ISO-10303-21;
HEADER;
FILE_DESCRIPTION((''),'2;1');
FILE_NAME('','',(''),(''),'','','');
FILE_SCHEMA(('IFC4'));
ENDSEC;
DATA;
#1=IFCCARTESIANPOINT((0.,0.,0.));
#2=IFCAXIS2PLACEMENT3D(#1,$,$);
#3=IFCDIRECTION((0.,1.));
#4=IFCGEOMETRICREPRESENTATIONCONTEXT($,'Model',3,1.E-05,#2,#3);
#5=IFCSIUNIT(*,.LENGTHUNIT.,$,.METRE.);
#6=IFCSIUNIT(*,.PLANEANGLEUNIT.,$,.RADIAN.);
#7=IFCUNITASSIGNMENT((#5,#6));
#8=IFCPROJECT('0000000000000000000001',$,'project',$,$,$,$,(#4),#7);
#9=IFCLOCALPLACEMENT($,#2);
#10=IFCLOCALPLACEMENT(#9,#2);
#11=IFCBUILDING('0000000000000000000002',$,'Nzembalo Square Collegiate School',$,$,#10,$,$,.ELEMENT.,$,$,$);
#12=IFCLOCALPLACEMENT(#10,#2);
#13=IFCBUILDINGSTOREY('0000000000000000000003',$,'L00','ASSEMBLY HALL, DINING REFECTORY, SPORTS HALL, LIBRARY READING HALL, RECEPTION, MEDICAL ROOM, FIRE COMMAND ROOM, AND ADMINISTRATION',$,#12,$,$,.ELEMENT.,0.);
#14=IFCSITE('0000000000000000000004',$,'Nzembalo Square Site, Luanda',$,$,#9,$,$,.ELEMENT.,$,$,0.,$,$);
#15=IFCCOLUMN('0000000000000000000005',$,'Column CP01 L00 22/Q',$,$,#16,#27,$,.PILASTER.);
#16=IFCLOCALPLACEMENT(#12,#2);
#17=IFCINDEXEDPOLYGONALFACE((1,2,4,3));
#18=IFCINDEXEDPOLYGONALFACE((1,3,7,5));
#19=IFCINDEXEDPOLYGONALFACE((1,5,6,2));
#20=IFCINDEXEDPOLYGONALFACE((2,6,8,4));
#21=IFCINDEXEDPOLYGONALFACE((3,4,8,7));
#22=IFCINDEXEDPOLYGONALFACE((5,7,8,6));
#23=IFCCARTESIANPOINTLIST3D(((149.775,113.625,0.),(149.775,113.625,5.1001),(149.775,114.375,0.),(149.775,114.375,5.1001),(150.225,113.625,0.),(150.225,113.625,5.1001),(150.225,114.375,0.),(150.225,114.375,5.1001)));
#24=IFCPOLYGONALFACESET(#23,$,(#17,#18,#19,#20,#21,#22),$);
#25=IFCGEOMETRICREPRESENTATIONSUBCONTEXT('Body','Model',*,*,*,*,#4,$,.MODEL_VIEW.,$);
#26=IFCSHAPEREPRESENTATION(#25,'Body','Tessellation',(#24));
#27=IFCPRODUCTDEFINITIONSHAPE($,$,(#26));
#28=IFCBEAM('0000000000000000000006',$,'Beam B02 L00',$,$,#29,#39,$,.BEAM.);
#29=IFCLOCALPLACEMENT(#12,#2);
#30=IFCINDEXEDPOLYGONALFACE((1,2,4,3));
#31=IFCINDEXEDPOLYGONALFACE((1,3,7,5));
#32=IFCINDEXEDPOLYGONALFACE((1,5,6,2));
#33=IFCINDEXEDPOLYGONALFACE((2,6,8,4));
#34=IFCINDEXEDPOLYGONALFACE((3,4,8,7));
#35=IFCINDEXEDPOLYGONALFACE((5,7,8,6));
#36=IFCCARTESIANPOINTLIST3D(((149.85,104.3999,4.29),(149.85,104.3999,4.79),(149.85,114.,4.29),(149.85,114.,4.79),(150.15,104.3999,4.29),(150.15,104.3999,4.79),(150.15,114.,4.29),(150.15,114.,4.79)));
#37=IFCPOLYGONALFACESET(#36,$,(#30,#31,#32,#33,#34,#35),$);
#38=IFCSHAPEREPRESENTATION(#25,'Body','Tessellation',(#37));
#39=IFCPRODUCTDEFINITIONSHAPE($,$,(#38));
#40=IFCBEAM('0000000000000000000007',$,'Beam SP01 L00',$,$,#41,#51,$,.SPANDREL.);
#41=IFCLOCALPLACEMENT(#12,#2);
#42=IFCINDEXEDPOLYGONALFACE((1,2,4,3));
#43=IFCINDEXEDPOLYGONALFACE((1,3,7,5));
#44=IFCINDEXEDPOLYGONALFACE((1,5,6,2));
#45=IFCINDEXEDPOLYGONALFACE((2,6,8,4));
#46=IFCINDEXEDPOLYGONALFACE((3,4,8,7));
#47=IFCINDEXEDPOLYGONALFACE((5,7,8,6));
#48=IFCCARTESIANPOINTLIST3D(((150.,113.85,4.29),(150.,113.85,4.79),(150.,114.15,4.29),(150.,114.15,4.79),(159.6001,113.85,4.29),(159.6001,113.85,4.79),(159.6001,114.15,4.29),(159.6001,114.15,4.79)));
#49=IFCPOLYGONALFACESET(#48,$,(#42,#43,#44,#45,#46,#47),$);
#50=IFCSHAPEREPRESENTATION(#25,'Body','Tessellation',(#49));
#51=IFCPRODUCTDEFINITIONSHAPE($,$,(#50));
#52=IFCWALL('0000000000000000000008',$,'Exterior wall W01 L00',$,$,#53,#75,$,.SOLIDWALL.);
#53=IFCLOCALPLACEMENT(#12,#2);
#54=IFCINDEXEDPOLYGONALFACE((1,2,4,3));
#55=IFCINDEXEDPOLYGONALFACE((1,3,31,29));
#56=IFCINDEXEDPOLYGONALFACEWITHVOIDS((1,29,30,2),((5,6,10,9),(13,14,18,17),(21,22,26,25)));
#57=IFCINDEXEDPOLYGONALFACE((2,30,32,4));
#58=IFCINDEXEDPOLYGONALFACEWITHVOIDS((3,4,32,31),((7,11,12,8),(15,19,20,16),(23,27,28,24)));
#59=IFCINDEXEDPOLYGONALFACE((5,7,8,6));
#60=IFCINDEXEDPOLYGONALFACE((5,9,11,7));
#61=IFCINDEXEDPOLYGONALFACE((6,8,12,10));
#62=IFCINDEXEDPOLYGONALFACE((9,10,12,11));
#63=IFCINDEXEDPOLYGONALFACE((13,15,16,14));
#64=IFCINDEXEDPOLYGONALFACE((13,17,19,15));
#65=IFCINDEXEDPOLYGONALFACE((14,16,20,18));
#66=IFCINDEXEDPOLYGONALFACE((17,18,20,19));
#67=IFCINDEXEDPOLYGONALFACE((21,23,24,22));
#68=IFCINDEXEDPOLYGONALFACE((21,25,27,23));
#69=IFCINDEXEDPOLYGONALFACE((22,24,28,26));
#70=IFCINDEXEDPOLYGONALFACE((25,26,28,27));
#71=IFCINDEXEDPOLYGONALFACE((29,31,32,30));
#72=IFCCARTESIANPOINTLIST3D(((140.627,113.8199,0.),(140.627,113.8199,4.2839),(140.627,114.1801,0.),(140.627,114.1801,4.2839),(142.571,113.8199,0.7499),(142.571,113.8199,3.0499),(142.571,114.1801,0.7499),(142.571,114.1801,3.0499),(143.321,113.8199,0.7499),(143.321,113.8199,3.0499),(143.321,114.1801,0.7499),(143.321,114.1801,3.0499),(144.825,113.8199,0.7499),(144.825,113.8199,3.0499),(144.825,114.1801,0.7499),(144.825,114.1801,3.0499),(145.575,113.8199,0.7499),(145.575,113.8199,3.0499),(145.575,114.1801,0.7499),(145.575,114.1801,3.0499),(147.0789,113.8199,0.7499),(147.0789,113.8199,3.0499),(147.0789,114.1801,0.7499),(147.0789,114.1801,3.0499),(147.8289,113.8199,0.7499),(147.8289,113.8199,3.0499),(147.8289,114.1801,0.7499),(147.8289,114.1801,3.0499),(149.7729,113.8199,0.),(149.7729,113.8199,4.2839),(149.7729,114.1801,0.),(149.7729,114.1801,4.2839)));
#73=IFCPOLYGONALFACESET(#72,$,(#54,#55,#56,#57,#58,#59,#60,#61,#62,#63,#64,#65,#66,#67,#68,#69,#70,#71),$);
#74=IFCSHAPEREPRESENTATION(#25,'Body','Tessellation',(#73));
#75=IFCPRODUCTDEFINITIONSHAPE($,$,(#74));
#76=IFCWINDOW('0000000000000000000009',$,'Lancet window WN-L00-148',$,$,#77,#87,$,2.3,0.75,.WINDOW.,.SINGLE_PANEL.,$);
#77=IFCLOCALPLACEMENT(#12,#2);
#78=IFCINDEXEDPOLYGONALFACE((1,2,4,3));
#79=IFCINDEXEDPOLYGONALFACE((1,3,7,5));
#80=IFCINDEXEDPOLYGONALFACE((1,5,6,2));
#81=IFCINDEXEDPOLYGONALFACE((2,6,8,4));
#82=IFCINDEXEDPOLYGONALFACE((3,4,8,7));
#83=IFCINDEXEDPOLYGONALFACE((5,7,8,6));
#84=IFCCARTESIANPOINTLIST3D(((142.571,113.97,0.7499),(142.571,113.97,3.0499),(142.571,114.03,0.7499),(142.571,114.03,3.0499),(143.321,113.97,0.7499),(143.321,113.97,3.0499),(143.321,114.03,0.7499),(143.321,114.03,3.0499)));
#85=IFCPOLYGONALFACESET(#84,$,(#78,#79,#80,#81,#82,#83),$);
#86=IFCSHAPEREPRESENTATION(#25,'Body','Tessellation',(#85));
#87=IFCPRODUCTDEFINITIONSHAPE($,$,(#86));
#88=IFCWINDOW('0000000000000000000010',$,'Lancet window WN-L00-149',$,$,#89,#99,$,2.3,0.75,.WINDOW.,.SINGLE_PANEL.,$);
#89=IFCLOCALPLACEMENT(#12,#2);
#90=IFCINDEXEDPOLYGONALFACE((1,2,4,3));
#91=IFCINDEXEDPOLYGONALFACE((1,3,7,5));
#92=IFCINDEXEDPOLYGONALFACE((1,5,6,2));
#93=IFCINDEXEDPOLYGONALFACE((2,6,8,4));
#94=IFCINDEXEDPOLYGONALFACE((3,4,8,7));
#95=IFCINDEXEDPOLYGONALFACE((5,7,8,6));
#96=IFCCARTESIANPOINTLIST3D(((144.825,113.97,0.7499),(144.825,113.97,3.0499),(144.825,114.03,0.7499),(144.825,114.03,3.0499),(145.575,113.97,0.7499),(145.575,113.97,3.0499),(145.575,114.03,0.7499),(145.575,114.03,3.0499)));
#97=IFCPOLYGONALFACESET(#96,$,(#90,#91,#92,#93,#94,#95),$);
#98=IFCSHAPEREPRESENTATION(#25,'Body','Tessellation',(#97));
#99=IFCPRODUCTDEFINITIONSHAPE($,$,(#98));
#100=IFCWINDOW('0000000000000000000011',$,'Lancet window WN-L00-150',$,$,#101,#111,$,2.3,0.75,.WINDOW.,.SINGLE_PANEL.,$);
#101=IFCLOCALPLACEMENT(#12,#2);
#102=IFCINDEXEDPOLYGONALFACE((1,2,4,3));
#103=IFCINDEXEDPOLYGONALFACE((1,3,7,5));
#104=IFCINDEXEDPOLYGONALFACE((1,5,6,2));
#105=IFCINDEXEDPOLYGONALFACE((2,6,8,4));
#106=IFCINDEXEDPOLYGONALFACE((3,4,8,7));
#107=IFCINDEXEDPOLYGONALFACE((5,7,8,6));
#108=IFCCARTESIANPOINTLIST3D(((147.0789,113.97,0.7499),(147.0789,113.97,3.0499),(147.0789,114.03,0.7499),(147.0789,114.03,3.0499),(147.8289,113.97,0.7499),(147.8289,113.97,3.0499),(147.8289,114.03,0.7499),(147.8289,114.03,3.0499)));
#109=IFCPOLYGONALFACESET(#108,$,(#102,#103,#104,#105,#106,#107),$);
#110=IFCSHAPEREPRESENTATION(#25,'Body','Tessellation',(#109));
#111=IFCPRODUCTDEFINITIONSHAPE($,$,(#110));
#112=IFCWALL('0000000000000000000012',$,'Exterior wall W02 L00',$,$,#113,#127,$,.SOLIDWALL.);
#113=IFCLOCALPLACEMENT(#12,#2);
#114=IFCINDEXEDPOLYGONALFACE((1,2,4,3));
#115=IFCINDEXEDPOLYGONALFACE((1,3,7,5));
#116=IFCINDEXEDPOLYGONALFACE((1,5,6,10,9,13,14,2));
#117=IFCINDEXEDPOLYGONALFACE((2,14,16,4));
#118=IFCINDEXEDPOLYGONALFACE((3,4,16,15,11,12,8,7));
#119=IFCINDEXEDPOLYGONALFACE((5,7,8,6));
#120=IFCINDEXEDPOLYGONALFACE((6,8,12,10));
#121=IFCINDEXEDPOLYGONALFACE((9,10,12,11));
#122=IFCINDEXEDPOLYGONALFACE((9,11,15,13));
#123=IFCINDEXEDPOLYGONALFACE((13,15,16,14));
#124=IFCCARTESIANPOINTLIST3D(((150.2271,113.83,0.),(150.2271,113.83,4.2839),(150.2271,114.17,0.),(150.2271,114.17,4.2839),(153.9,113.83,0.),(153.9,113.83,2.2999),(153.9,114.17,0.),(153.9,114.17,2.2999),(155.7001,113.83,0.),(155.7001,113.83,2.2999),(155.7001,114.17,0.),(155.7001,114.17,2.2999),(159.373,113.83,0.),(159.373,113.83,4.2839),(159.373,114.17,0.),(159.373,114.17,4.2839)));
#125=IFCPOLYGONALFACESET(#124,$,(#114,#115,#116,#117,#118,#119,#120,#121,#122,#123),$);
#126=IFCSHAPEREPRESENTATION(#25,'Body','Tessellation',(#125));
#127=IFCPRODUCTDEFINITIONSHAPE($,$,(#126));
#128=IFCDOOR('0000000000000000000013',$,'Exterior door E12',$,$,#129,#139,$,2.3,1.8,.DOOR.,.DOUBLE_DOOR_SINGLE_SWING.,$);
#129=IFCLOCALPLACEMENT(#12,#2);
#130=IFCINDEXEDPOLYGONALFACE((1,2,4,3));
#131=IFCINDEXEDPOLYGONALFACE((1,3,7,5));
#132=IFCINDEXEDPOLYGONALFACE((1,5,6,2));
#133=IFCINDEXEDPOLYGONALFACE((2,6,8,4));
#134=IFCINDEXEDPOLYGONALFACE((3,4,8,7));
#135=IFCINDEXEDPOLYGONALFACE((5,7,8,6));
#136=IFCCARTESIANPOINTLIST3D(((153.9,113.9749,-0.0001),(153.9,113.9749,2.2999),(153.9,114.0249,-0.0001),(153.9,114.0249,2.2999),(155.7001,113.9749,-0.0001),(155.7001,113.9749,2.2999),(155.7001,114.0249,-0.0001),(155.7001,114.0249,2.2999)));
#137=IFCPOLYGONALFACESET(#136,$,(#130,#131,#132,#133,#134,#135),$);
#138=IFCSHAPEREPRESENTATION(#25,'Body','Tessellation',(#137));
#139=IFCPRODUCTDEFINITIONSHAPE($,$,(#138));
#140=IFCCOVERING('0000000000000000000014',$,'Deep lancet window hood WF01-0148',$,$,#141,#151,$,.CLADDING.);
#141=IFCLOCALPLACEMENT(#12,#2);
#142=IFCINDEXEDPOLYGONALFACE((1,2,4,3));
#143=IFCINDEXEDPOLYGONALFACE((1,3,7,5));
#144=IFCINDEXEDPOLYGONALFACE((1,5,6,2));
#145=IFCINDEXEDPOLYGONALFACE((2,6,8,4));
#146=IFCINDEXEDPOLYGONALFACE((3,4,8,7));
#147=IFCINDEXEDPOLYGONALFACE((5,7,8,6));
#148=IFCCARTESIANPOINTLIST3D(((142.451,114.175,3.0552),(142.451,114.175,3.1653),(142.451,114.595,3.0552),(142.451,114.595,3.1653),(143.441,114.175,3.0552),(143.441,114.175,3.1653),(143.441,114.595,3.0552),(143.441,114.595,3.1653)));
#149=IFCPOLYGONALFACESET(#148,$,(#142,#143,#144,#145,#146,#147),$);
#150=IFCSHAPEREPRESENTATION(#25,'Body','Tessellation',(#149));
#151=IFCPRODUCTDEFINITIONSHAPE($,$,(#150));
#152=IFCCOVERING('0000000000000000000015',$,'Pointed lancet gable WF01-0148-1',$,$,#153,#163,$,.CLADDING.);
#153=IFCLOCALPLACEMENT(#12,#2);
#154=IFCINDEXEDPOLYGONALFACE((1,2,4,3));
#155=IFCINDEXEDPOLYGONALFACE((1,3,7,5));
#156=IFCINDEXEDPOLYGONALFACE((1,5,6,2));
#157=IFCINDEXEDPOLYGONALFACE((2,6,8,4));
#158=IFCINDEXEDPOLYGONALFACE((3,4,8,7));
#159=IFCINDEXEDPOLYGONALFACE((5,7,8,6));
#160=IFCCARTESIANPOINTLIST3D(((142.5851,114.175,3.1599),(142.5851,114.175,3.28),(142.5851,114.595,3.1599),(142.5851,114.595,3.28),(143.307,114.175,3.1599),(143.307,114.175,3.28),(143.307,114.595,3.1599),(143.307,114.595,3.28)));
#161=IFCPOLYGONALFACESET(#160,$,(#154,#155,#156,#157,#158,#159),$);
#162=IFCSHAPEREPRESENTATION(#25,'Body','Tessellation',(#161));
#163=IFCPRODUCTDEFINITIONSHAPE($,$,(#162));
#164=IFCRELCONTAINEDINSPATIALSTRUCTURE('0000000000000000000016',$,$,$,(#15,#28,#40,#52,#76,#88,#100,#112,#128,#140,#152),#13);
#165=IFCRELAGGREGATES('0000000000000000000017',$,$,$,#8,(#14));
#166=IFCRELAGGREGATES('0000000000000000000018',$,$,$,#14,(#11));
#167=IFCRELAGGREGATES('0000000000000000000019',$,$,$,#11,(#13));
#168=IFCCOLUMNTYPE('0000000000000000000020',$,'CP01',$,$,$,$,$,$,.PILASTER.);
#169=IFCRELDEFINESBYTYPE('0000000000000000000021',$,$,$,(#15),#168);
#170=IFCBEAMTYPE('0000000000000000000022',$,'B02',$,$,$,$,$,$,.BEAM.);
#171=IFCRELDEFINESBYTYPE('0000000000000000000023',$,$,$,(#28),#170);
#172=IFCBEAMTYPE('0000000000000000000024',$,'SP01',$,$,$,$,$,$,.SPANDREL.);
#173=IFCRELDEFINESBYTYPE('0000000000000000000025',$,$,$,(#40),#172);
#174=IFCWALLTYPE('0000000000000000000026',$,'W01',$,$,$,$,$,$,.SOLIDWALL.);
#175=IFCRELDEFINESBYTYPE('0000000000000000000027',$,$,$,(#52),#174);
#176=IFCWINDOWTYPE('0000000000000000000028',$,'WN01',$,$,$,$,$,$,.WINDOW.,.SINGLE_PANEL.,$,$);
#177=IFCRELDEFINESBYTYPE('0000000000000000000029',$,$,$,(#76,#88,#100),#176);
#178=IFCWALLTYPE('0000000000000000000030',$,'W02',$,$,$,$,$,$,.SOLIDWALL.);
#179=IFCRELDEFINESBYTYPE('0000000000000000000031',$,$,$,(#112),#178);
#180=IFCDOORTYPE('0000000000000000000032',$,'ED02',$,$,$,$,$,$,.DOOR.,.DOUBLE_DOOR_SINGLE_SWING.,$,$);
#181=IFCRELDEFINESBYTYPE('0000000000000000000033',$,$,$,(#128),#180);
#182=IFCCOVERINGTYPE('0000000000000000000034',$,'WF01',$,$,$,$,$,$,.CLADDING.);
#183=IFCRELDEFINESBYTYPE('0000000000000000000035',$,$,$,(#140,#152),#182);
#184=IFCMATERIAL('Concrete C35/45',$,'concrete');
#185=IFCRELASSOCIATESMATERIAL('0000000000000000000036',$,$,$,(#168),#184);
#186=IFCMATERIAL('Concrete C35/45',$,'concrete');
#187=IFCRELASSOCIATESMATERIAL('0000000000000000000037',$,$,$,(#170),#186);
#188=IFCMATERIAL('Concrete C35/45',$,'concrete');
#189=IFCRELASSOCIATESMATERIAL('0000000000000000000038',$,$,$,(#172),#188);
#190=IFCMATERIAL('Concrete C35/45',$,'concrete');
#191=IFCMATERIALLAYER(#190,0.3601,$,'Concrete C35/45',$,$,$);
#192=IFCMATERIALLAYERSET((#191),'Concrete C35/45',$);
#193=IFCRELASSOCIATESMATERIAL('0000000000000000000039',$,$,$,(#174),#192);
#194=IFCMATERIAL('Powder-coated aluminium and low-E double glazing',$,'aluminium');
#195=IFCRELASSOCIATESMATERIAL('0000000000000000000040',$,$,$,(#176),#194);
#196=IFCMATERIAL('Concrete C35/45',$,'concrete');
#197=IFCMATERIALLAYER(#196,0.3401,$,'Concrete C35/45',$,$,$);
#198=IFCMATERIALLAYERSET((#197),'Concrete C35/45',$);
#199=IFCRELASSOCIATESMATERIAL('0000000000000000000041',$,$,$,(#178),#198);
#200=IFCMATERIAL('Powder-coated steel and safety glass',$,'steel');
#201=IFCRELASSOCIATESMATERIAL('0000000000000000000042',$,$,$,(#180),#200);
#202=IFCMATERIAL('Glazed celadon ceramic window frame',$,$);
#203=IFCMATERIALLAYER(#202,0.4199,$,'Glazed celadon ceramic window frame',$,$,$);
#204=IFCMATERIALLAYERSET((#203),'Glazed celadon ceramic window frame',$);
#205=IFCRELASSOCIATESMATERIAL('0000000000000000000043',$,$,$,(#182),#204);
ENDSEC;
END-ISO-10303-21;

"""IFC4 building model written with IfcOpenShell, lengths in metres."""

from ifc_helpers import new_model, si_unit, direction, frame, frame_2d, origin, origin_2d, place, context, subcontext, project, spatial, rectangle, extrude, material, layer, layer_set, material_profile, profile_set, type_object, element, fill, save


model = new_model("IFC4")

# Units and contexts
model_context = context("Model", 3, precision=1e-05, world=origin(), true_north=direction((0.0, 1.0)))
body_context = subcontext(model_context, "Body", "Model", "MODEL_VIEW")
ifc_project = project(units=[si_unit("LENGTHUNIT", "METRE"), si_unit("PLANEANGLEUNIT", "RADIAN")], contexts=[model_context])

# Site, building, storey
site_placement = place(None, origin())
site = spatial("IfcSite", under=ifc_project, at=site_placement, Name="Nzembalo Square Site, Luanda", CompositionType="ELEMENT", RefElevation=0.0)
building_placement = place(site_placement, origin())
building = spatial("IfcBuilding", under=site, at=building_placement, Name="Nzembalo Square Collegiate School", CompositionType="ELEMENT")
storey_placement = place(building_placement, origin())
storey = spatial("IfcBuildingStorey", under=building, at=storey_placement, Name="L00", Description="ASSEMBLY HALL, DINING REFECTORY, SPORTS HALL, LIBRARY READING HALL, RECEPTION, MEDICAL ROOM, FIRE COMMAND ROOM, AND ADMINISTRATION", CompositionType="ELEMENT", Elevation=0.0)

# Column
ifc_material_1 = material(Name="Concrete C35/45", Category="concrete")
ifc_material_profile_1 = material_profile(ifc_material_1, rectangle(XDim=0.45, YDim=0.75, at=origin_2d()), Name="RC 450x750")
ifc_profile_set_1 = profile_set([ifc_material_profile_1], Name="Concrete C35/45")
column_type = type_object("IfcColumnType", Name="CP01", PredefinedType="PILASTER", material=ifc_profile_set_1)
column_placement = place(storey_placement, frame((150.0, 114.0, 0.0), z_axis=(0.0, 0.0, 1.0), x_axis=(1.0, 0.0, 0.0)))
element("IfcColumn", 1, at=column_placement, inside=storey, type_object=column_type, Name="Column CP01 L00 22/Q", PredefinedType="PILASTER", context=body_context, shape_type="SweptSolid", body=[
    extrude(rectangle(XDim=0.45, YDim=0.75, at=origin_2d()), origin(), (0.0, 0.0, 1.0), 5.1001),
])

# Beams
ifc_material_2 = material(Name="Concrete C35/45", Category="concrete")
ifc_material_profile_2 = material_profile(ifc_material_2, rectangle(XDim=0.3, YDim=0.5, at=origin_2d()), Name="RC 300x500")
ifc_profile_set_2 = profile_set([ifc_material_profile_2], Name="Concrete C35/45")
beam_type_1 = type_object("IfcBeamType", Name="B02", PredefinedType="BEAM", material=ifc_profile_set_2)
beam_1_placement = place(storey_placement, frame((150.0, 104.3999, 4.54), z_axis=(0.0, 1.0, 0.0), x_axis=(-1.0, 0.0, 0.0)))
element("IfcBeam", 2, at=beam_1_placement, inside=storey, type_object=beam_type_1, Name="Beam B02 L00", PredefinedType="BEAM", context=body_context, shape_type="SweptSolid", body=[
    extrude(rectangle(XDim=0.3, YDim=0.5, at=origin_2d()), origin(), (0.0, 0.0, 1.0), 9.6001),
])
ifc_material_3 = material(Name="Concrete C35/45", Category="concrete")
ifc_material_profile_3 = material_profile(ifc_material_3, rectangle(XDim=0.3, YDim=0.5, at=origin_2d()), Name="RC 300x500")
ifc_profile_set_3 = profile_set([ifc_material_profile_3], Name="Concrete C35/45")
beam_type_2 = type_object("IfcBeamType", Name="SP01", PredefinedType="SPANDREL", material=ifc_profile_set_3)
beam_2_placement = place(storey_placement, frame((150.0, 114.0, 4.54), z_axis=(1.0, 0.0, 0.0), x_axis=(0.0, 1.0, 0.0)))
element("IfcBeam", 3, at=beam_2_placement, inside=storey, type_object=beam_type_2, Name="Beam SP01 L00", PredefinedType="SPANDREL", context=body_context, shape_type="SweptSolid", body=[
    extrude(rectangle(XDim=0.3, YDim=0.5, at=origin_2d()), origin(), (0.0, 0.0, 1.0), 9.6001),
])

# Wall, openings, windows
ifc_material_4 = material(Name="Concrete C35/45", Category="concrete")
ifc_layer_1 = layer(ifc_material_4, 0.3601, Name="Concrete C35/45")
ifc_layer_set_1 = layer_set([ifc_layer_1], Name="Concrete C35/45")
wall_type_1 = type_object("IfcWallType", Name="W01", PredefinedType="SOLIDWALL", material=ifc_layer_set_1)
wall_1_placement = place(storey_placement, frame((140.627, 114.0, 0.0), z_axis=(0.0, 0.0, 1.0), x_axis=(1.0, 0.0, 0.0)))
wall_1 = element("IfcWall", 4, at=wall_1_placement, inside=storey, type_object=wall_type_1, Name="Exterior wall W01 L00", PredefinedType="SOLIDWALL", context=body_context, shape_type="SweptSolid", body=[
    extrude(rectangle(XDim=9.146, YDim=0.3601, at=frame_2d((4.573, 0.0))), origin(), (0.0, 0.0, 1.0), 4.2839),
])
opening_1_placement = place(wall_1_placement, frame((1.9441, 0.0, 0.75)))
opening_1 = element("IfcOpeningElement", 5, at=opening_1_placement, cuts=wall_1, PredefinedType="OPENING", context=body_context, shape_type="SweptSolid", body=[
    extrude(rectangle(XDim=0.75, YDim=2.3, at=frame_2d((0.375, 1.1499))), frame((0.0, 0.1899, 0.0), z_axis=(0.0, -1.0, 0.0), x_axis=(1.0, 0.0, 0.0)), (0.0, 0.0, 1.0), 0.3801),
])
opening_2_placement = place(wall_1_placement, frame((4.198, 0.0, 0.75)))
opening_2 = element("IfcOpeningElement", 6, at=opening_2_placement, cuts=wall_1, PredefinedType="OPENING", context=body_context, shape_type="SweptSolid", body=[
    extrude(rectangle(XDim=0.75, YDim=2.3, at=frame_2d((0.375, 1.1499))), frame((0.0, 0.1899, 0.0), z_axis=(0.0, -1.0, 0.0), x_axis=(1.0, 0.0, 0.0)), (0.0, 0.0, 1.0), 0.3801),
])
opening_3_placement = place(wall_1_placement, frame((6.4519, 0.0, 0.75)))
opening_3 = element("IfcOpeningElement", 7, at=opening_3_placement, cuts=wall_1, PredefinedType="OPENING", context=body_context, shape_type="SweptSolid", body=[
    extrude(rectangle(XDim=0.75, YDim=2.3, at=frame_2d((0.375, 1.1499))), frame((0.0, 0.1899, 0.0), z_axis=(0.0, -1.0, 0.0), x_axis=(1.0, 0.0, 0.0)), (0.0, 0.0, 1.0), 0.3801),
])
ifc_material_5 = material(Name="Powder-coated aluminium and low-E double glazing", Category="aluminium")
window_type = type_object("IfcWindowType", Name="WN01", PartitioningType="SINGLE_PANEL", PredefinedType="WINDOW", material=ifc_material_5)
window_1_placement = place(opening_1_placement, origin())
window_1 = element("IfcWindow", 8, at=window_1_placement, inside=storey, type_object=window_type, Name="Lancet window WN-L00-148", OverallHeight=2.3, OverallWidth=0.75, PartitioningType="SINGLE_PANEL", PredefinedType="WINDOW", context=body_context, shape_type="SweptSolid", body=[
    extrude(rectangle(XDim=0.75, YDim=2.3, at=frame_2d((0.375, 1.1499))), frame((0.0, 0.03, 0.0), z_axis=(0.0, -1.0, 0.0), x_axis=(1.0, 0.0, 0.0)), (0.0, 0.0, 1.0), 0.0601),
])
fill(opening_1, window_1)
window_2_placement = place(opening_2_placement, origin())
window_2 = element("IfcWindow", 9, at=window_2_placement, inside=storey, type_object=window_type, Name="Lancet window WN-L00-149", OverallHeight=2.3, OverallWidth=0.75, PartitioningType="SINGLE_PANEL", PredefinedType="WINDOW", context=body_context, shape_type="SweptSolid", body=[
    extrude(rectangle(XDim=0.75, YDim=2.3, at=frame_2d((0.375, 1.1499))), frame((0.0, 0.03, 0.0), z_axis=(0.0, -1.0, 0.0), x_axis=(1.0, 0.0, 0.0)), (0.0, 0.0, 1.0), 0.0601),
])
fill(opening_2, window_2)
window_3_placement = place(opening_3_placement, origin())
window_3 = element("IfcWindow", 10, at=window_3_placement, inside=storey, type_object=window_type, Name="Lancet window WN-L00-150", OverallHeight=2.3, OverallWidth=0.75, PartitioningType="SINGLE_PANEL", PredefinedType="WINDOW", context=body_context, shape_type="SweptSolid", body=[
    extrude(rectangle(XDim=0.75, YDim=2.3, at=frame_2d((0.375, 1.1499))), frame((0.0, 0.03, 0.0), z_axis=(0.0, -1.0, 0.0), x_axis=(1.0, 0.0, 0.0)), (0.0, 0.0, 1.0), 0.0601),
])
fill(opening_3, window_3)

# Wall, opening, door
ifc_material_6 = material(Name="Concrete C35/45", Category="concrete")
ifc_layer_2 = layer(ifc_material_6, 0.3401, Name="Concrete C35/45")
ifc_layer_set_2 = layer_set([ifc_layer_2], Name="Concrete C35/45")
wall_type_2 = type_object("IfcWallType", Name="W02", PredefinedType="SOLIDWALL", material=ifc_layer_set_2)
wall_2_placement = place(storey_placement, frame((150.2271, 114.0, 0.0), z_axis=(0.0, 0.0, 1.0), x_axis=(1.0, 0.0, 0.0)))
wall_2 = element("IfcWall", 11, at=wall_2_placement, inside=storey, type_object=wall_type_2, Name="Exterior wall W02 L00", PredefinedType="SOLIDWALL", context=body_context, shape_type="SweptSolid", body=[
    extrude(rectangle(XDim=9.146, YDim=0.3401, at=frame_2d((4.573, 0.0))), origin(), (0.0, 0.0, 1.0), 4.2839),
])
opening_4_placement = place(wall_2_placement, frame((3.6731, 0.0, 0.0)))
opening_4 = element("IfcOpeningElement", 12, at=opening_4_placement, cuts=wall_2, PredefinedType="OPENING", context=body_context, shape_type="SweptSolid", body=[
    extrude(rectangle(XDim=1.8, YDim=2.3, at=frame_2d((0.8999, 1.1499))), frame((0.0, 0.1802, 0.0), z_axis=(0.0, -1.0, 0.0), x_axis=(1.0, 0.0, 0.0)), (0.0, 0.0, 1.0), 0.3601),
])
ifc_material_7 = material(Name="Powder-coated steel and safety glass", Category="steel")
door_type = type_object("IfcDoorType", Name="ED02", OperationType="DOUBLE_DOOR_SINGLE_SWING", PredefinedType="DOOR", material=ifc_material_7)
door_placement = place(opening_4_placement, origin())
door = element("IfcDoor", 13, at=door_placement, inside=storey, type_object=door_type, Name="Exterior door E12", OperationType="DOUBLE_DOOR_SINGLE_SWING", OverallHeight=2.3, OverallWidth=1.8, PredefinedType="DOOR", context=body_context, shape_type="SweptSolid", body=[
    extrude(rectangle(XDim=1.8, YDim=2.3, at=frame_2d((0.8999, 1.1499))), frame((0.0, 0.0249, 0.0), z_axis=(0.0, -1.0, 0.0), x_axis=(1.0, 0.0, 0.0)), (0.0, 0.0, 1.0), 0.05),
])
fill(opening_4, door)

# Coverings
ifc_material_8 = material(Name="Glazed celadon ceramic window frame")
ifc_layer_3 = layer(ifc_material_8, 0.4199, Name="Glazed celadon ceramic window frame")
ifc_layer_set_3 = layer_set([ifc_layer_3], Name="Glazed celadon ceramic window frame")
covering_type = type_object("IfcCoveringType", Name="WF01", PredefinedType="CLADDING", material=ifc_layer_set_3)
covering_1_placement = place(storey_placement, frame((142.946, 114.385, 3.0552), z_axis=(0.0, 0.0, 1.0), x_axis=(1.0, 0.0, 0.0)))
element("IfcCovering", 14, at=covering_1_placement, inside=storey, type_object=covering_type, Name="Deep lancet window hood WF01-0148", PredefinedType="CLADDING", context=body_context, shape_type="SweptSolid", body=[
    extrude(rectangle(XDim=0.99, YDim=0.4199, at=origin_2d()), origin(), (0.0, 0.0, 1.0), 0.1101),
])
covering_2_placement = place(storey_placement, frame((142.946, 114.385, 3.1599), z_axis=(0.0, 0.0, 1.0), x_axis=(1.0, 0.0, 0.0)))
element("IfcCovering", 15, at=covering_2_placement, inside=storey, type_object=covering_type, Name="Pointed lancet gable WF01-0148-1", PredefinedType="CLADDING", context=body_context, shape_type="SweptSolid", body=[
    extrude(rectangle(XDim=0.7219, YDim=0.4199, at=origin_2d()), origin(), (0.0, 0.0, 1.0), 0.1201),
])

save(model, "model.ifc")
